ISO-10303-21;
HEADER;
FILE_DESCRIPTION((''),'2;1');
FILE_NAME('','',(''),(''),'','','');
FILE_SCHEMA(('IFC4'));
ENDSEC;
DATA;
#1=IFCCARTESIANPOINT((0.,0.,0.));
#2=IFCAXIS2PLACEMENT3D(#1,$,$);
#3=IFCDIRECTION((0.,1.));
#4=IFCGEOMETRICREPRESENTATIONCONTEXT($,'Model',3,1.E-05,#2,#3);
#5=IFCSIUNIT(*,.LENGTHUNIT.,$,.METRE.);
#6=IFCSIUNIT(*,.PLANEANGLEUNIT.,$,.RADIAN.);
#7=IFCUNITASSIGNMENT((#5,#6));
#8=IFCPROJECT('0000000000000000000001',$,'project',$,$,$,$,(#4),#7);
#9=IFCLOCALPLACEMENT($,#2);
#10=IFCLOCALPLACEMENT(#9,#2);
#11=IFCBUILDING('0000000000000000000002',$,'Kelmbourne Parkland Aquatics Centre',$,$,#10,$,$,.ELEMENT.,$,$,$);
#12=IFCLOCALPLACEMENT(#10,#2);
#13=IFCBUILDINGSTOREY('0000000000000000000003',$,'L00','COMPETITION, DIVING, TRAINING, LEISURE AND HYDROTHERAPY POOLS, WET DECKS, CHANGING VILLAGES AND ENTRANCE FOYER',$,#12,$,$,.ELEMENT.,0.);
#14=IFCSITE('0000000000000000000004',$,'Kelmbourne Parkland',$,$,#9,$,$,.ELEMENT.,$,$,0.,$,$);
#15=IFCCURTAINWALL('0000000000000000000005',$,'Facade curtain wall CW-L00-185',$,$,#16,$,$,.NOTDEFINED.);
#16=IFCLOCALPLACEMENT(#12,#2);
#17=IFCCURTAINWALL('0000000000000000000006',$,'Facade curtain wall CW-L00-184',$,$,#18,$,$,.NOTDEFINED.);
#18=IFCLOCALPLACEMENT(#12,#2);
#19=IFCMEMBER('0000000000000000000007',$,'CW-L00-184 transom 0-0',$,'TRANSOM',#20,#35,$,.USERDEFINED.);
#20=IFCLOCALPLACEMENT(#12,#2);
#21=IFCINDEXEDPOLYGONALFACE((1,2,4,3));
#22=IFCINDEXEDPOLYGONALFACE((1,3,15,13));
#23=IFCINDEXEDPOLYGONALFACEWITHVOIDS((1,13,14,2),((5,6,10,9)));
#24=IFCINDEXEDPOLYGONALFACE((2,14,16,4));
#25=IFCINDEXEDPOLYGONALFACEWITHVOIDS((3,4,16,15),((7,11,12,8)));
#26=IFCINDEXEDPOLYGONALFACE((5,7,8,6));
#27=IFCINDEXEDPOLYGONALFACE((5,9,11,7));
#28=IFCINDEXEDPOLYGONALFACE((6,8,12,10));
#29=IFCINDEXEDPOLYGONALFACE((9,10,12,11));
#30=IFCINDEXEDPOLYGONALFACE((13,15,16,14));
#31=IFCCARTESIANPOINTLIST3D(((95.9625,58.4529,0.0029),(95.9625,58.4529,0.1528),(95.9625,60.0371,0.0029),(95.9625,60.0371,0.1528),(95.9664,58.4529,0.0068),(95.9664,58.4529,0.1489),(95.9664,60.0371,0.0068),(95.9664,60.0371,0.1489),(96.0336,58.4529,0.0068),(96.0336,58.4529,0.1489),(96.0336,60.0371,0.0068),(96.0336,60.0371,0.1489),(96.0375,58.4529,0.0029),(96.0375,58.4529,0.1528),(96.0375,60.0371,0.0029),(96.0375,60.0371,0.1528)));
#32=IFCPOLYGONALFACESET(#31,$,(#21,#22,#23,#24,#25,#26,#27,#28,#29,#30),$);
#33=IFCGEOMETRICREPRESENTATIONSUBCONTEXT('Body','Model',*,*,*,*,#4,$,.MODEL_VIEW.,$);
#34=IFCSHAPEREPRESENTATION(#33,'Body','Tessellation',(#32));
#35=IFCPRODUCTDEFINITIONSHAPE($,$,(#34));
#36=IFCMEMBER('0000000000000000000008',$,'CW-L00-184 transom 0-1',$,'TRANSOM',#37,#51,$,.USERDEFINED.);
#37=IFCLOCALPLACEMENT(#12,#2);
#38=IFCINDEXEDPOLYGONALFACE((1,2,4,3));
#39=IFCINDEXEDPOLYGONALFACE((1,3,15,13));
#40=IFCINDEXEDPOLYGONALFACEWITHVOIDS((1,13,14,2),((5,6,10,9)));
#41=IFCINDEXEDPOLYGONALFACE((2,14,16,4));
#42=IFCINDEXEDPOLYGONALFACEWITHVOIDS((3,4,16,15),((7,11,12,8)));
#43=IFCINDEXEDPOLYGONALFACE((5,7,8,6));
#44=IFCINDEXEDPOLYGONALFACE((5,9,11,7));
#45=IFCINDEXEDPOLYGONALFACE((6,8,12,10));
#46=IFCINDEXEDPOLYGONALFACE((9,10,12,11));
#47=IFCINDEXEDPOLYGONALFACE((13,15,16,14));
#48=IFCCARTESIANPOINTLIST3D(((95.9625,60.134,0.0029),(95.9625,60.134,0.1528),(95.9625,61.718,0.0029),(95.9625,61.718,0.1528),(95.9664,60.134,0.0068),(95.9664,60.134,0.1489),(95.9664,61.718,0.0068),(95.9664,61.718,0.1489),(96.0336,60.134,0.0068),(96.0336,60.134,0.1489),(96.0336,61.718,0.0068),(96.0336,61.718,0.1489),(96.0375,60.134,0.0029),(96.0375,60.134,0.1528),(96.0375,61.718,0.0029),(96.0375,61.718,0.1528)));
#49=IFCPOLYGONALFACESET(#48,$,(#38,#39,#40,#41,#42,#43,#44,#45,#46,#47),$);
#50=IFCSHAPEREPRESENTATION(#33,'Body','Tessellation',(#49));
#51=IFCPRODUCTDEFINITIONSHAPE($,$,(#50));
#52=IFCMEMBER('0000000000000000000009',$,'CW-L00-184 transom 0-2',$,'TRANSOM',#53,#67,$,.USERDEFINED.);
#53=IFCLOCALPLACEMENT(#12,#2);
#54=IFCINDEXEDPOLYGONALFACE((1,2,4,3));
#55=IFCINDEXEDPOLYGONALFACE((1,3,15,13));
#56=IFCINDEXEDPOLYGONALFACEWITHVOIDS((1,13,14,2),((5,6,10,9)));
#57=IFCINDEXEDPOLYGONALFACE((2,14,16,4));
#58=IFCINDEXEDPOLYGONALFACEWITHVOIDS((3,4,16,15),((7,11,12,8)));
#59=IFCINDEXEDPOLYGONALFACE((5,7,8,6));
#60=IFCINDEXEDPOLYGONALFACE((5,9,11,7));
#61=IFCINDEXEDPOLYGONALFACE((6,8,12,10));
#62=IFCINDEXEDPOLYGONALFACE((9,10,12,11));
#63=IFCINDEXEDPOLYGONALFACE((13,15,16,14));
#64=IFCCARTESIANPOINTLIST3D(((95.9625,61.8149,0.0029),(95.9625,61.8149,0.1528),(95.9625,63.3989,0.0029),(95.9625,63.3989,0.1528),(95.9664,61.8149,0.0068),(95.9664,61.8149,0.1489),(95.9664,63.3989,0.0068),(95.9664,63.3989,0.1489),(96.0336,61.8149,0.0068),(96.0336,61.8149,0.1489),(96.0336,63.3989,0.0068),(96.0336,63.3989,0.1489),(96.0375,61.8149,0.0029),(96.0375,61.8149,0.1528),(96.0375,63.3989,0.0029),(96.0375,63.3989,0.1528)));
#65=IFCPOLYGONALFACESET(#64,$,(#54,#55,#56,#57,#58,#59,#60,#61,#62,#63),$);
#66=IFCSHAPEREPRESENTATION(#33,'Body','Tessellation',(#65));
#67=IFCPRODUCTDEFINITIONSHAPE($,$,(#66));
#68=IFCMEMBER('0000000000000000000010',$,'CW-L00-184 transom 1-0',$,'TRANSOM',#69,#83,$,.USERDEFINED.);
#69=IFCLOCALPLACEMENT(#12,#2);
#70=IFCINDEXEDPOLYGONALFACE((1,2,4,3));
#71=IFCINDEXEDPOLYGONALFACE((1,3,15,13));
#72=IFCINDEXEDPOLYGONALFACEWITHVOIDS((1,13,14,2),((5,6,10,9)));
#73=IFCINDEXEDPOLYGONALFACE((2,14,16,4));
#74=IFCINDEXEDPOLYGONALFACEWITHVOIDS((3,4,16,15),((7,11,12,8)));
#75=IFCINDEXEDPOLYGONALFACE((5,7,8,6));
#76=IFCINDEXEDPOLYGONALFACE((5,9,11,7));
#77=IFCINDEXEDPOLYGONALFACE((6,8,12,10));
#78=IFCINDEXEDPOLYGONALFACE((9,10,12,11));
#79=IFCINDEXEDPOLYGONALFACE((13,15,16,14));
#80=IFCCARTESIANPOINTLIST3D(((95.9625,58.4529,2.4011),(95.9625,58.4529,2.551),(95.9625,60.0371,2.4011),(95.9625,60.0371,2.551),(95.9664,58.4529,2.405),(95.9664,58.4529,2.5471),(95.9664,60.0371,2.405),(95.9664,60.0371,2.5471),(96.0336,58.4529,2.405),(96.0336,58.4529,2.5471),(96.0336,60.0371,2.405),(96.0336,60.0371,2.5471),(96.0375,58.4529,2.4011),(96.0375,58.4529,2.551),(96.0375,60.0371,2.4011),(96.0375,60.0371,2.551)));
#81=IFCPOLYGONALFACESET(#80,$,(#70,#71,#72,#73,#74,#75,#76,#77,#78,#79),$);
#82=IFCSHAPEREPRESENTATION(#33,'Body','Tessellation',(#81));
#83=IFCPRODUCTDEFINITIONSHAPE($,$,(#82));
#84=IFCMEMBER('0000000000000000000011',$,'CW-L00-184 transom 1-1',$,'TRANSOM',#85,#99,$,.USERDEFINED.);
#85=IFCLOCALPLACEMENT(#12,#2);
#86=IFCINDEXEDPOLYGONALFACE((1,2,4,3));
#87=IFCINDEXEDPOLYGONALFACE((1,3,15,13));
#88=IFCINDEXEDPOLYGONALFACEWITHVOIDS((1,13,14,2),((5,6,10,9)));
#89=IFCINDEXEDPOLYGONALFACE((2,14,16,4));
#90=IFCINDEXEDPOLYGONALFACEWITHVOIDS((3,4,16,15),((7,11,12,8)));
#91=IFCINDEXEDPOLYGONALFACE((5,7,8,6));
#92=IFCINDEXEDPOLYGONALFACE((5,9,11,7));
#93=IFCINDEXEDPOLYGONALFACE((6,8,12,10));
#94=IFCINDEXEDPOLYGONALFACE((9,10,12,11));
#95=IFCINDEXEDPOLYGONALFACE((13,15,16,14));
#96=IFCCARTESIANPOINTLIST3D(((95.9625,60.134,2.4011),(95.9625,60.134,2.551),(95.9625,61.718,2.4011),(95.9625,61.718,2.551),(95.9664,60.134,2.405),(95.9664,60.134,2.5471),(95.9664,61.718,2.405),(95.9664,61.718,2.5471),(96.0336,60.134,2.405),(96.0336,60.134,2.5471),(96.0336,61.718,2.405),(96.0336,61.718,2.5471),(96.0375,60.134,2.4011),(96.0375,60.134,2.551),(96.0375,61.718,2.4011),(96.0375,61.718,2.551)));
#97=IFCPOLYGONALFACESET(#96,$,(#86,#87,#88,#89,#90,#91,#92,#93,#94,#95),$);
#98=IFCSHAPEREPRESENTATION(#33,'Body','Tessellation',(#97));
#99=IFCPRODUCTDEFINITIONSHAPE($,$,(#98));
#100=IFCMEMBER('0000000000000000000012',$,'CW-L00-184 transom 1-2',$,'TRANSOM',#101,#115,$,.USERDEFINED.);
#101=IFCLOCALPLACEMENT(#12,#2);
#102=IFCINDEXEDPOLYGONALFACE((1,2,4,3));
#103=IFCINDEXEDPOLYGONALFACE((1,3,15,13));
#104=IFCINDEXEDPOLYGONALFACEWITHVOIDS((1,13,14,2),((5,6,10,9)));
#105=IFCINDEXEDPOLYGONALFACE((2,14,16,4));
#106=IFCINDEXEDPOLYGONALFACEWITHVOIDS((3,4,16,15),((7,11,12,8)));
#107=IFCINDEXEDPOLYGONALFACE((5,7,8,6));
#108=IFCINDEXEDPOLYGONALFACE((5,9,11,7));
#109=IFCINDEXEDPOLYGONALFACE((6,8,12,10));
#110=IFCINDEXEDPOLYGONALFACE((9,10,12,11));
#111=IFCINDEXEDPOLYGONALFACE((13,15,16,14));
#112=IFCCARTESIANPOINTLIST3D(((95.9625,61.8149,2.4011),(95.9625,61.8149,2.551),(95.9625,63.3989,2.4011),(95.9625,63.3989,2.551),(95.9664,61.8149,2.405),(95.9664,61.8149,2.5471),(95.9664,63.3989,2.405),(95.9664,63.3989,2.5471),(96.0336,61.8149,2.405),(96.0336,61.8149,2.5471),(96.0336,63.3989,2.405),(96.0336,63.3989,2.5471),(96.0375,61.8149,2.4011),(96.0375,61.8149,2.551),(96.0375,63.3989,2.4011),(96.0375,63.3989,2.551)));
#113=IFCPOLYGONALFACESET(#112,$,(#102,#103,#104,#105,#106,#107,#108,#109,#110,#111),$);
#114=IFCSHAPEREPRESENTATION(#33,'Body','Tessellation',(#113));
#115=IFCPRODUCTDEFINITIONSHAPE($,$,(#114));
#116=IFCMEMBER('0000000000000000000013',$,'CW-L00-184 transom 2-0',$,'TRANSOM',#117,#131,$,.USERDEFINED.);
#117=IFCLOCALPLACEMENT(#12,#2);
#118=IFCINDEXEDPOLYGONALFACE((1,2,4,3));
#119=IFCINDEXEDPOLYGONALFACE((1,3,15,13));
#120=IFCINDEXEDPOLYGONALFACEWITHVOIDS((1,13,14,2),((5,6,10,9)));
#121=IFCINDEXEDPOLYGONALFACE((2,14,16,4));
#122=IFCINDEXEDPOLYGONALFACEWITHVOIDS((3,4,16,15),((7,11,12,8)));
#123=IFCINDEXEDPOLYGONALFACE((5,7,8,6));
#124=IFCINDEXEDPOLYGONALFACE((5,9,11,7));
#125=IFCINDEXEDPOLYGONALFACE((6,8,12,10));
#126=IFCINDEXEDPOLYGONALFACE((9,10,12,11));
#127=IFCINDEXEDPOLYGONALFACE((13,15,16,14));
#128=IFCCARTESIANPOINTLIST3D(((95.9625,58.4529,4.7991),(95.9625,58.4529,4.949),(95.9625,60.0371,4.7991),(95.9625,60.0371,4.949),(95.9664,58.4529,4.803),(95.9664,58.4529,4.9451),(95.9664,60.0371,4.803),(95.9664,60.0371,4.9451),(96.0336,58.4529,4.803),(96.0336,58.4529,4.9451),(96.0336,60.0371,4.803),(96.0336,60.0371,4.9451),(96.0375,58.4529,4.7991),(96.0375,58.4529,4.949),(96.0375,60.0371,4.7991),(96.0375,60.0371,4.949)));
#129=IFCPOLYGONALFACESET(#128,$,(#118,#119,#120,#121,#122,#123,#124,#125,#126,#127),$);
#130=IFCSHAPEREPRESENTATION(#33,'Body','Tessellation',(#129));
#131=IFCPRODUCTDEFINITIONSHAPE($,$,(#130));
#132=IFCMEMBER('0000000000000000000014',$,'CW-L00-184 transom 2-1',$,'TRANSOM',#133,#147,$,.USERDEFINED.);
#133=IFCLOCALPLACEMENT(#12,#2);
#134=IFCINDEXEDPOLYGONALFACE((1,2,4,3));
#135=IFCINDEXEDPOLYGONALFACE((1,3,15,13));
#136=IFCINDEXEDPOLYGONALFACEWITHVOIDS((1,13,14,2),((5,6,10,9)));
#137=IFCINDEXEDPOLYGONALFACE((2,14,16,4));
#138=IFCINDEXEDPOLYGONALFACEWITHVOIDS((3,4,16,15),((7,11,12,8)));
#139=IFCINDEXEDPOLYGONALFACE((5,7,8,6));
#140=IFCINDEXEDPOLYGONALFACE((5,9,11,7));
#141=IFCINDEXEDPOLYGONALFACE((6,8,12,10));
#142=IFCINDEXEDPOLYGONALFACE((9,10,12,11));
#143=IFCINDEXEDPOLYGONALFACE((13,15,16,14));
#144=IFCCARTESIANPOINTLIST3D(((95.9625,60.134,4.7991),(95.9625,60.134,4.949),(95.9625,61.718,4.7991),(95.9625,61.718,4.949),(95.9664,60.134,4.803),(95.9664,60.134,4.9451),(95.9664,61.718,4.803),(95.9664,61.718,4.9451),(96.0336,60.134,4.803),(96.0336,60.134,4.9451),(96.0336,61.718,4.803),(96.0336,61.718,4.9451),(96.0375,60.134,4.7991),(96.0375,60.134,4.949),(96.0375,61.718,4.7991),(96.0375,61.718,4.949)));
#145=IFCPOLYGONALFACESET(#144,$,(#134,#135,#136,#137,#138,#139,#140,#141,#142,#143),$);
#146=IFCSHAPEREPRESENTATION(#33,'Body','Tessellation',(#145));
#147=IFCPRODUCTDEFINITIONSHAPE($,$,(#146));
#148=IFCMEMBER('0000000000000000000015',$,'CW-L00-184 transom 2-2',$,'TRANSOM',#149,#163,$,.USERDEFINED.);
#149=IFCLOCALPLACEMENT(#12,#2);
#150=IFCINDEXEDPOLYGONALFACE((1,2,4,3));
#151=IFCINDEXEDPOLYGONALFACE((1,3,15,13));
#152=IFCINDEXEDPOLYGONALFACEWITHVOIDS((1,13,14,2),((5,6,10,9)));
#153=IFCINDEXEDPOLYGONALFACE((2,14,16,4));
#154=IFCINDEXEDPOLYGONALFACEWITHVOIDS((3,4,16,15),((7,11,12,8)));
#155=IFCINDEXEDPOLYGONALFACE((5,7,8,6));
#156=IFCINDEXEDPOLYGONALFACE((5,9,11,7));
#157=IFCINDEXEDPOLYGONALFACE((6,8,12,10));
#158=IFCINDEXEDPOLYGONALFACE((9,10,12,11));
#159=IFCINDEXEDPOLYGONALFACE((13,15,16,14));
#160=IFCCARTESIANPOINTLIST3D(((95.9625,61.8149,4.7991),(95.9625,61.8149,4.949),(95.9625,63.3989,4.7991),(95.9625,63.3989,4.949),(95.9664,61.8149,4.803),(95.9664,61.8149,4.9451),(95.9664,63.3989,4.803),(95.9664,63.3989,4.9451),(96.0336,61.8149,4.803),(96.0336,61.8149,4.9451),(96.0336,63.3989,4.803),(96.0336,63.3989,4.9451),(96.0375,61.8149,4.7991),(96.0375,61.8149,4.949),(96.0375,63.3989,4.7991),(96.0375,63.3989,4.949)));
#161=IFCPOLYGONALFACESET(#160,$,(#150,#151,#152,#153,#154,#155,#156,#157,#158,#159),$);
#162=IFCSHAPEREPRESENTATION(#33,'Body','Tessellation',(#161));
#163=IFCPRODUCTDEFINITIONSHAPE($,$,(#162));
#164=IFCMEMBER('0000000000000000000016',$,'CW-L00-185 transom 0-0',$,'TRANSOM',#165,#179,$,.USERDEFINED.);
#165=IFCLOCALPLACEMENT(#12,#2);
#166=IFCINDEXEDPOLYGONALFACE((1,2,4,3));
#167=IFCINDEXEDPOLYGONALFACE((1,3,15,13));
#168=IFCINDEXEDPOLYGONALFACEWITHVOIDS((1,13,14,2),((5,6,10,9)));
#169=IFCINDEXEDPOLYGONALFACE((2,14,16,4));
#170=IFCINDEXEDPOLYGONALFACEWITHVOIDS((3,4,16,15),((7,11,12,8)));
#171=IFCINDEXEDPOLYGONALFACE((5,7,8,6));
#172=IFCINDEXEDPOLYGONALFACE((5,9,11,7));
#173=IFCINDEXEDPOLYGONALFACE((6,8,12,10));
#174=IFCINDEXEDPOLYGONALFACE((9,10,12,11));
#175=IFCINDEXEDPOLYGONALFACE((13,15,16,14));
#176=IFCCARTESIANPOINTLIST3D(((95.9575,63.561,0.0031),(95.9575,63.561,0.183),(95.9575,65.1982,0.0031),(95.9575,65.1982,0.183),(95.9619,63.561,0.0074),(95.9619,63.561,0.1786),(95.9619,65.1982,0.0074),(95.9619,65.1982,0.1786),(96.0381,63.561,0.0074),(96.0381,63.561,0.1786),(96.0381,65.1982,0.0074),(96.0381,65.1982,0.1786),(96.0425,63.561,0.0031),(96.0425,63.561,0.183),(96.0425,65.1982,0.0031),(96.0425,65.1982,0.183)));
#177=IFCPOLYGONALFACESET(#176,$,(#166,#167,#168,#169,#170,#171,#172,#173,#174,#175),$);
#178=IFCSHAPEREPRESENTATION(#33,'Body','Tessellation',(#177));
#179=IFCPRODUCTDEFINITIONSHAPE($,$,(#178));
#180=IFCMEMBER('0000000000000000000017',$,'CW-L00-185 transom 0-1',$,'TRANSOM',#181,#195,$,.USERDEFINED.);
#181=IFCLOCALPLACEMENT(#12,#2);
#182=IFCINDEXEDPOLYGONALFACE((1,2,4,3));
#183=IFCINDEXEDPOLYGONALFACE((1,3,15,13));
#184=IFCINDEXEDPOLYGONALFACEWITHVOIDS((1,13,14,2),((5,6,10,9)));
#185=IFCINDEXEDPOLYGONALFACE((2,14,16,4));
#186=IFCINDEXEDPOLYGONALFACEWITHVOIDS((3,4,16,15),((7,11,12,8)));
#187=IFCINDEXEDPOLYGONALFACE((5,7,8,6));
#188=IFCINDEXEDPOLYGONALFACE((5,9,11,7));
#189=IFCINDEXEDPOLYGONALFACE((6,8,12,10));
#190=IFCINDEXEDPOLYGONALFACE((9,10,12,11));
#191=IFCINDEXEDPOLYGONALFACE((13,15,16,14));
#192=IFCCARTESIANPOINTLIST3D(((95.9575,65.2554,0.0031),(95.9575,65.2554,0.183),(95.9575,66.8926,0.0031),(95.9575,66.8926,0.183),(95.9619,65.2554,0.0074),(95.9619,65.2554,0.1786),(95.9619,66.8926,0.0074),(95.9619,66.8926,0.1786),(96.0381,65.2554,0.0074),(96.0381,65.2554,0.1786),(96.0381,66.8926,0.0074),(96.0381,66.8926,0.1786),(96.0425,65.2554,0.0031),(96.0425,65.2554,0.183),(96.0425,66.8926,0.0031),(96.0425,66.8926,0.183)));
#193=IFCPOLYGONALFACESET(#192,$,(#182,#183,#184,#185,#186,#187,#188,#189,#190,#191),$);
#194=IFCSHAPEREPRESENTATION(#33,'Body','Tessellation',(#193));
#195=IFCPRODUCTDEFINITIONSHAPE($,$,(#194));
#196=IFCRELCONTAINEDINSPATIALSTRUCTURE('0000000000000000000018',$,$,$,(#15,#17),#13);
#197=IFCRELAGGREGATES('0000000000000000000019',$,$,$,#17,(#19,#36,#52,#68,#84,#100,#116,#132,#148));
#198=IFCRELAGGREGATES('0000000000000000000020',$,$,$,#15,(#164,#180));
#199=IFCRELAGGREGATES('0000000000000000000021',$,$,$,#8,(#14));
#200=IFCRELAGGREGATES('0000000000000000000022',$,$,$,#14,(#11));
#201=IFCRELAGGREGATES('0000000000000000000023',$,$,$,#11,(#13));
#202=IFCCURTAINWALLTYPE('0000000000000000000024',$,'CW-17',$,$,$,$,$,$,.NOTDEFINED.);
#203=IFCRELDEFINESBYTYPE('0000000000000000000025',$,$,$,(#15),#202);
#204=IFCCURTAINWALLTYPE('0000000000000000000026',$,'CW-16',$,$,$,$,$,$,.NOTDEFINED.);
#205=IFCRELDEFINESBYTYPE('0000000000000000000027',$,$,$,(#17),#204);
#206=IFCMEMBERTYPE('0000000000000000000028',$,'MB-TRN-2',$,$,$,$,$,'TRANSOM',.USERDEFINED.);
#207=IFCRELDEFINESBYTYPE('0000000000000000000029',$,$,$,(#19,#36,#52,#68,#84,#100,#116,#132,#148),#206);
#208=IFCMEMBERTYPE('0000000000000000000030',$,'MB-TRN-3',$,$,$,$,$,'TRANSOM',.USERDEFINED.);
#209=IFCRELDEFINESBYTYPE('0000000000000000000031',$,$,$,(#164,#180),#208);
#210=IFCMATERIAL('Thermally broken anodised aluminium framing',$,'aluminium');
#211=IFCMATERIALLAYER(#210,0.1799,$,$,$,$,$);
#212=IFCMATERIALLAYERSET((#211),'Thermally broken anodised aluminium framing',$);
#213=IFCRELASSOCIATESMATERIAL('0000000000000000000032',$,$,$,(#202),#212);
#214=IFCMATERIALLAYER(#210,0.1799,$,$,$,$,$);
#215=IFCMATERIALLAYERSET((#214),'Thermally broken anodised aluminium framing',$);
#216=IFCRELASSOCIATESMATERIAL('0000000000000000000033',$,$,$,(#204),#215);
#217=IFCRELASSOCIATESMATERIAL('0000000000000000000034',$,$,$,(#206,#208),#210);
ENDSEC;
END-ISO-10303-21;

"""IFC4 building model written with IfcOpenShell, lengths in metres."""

from ifc_helpers import new_model, si_unit, direction, frame, origin, origin_2d, place, context, subcontext, project, spatial, hollow_rectangle, extrude, material, layer, layer_set, material_profile, profile_set, type_object, element, aggregate, save


model = new_model("IFC4")

# Units and contexts
model_context = context("Model", 3, precision=1e-05, world=origin(), true_north=direction((0.0, 1.0)))
body_context = subcontext(model_context, "Body", "Model", "MODEL_VIEW")
ifc_project = project(units=[si_unit("LENGTHUNIT", "METRE"), si_unit("PLANEANGLEUNIT", "RADIAN")], contexts=[model_context])

# Site, building, storey
site_placement = place(None, origin())
site = spatial("IfcSite", under=ifc_project, at=site_placement, Name="Kelmbourne Parkland", CompositionType="ELEMENT", RefElevation=0.0)
building_placement = place(site_placement, origin())
building = spatial("IfcBuilding", under=site, at=building_placement, Name="Kelmbourne Parkland Aquatics Centre", CompositionType="ELEMENT")
storey_placement = place(building_placement, origin())
storey = spatial("IfcBuildingStorey", under=building, at=storey_placement, Name="L00", Description="COMPETITION, DIVING, TRAINING, LEISURE AND HYDROTHERAPY POOLS, WET DECKS, CHANGING VILLAGES AND ENTRANCE FOYER", CompositionType="ELEMENT", Elevation=0.0)

# Curtain walls, members
ifc_material_1 = material(Name="Thermally broken anodised aluminium framing", Category="aluminium")
ifc_layer_1 = layer(ifc_material_1, 0.1799)
ifc_layer_set_1 = layer_set([ifc_layer_1], Name="Thermally broken anodised aluminium framing")
curtain_wall_type_1 = type_object("IfcCurtainWallType", Name="CW-17", PredefinedType="NOTDEFINED", material=ifc_layer_set_1)
curtain_wall_1_placement = place(storey_placement, origin())
curtain_wall_1 = element("IfcCurtainWall", 1, at=curtain_wall_1_placement, inside=storey, type_object=curtain_wall_type_1, Name="Facade curtain wall CW-L00-185", PredefinedType="NOTDEFINED")
ifc_layer_2 = layer(ifc_material_1, 0.1799)
ifc_layer_set_2 = layer_set([ifc_layer_2], Name="Thermally broken anodised aluminium framing")
curtain_wall_type_2 = type_object("IfcCurtainWallType", Name="CW-16", PredefinedType="NOTDEFINED", material=ifc_layer_set_2)
curtain_wall_2_placement = place(storey_placement, origin())
curtain_wall_2 = element("IfcCurtainWall", 2, at=curtain_wall_2_placement, inside=storey, type_object=curtain_wall_type_2, Name="Facade curtain wall CW-L00-184", PredefinedType="NOTDEFINED")
ifc_material_profile_1 = material_profile(ifc_material_1, hollow_rectangle(XDim=0.075, YDim=0.1499, WallThickness=0.0039, at=origin_2d()), Name="CW-T 75x150")
ifc_profile_set_1 = profile_set([ifc_material_profile_1], Name="Thermally broken anodised aluminium framing")
member_type_1 = type_object("IfcMemberType", Name="MB-TRN-2", ElementType="TRANSOM", PredefinedType="USERDEFINED", material=ifc_profile_set_1)
member_1_placement = place(storey_placement, frame((96.0, 58.4529, 0.0779), z_axis=(0.0, 1.0, 0.0), x_axis=(-1.0, 0.0, 0.0)))
member_1 = element("IfcMember", 3, at=member_1_placement, type_object=member_type_1, Name="CW-L00-184 transom 0-0", ObjectType="TRANSOM", PredefinedType="USERDEFINED", context=body_context, shape_type="SweptSolid", body=[
    extrude(hollow_rectangle(XDim=0.075, YDim=0.1499, WallThickness=0.0039, at=origin_2d()), origin(), (0.0, 0.0, 1.0), 1.5842),
])
member_2_placement = place(storey_placement, frame((96.0, 60.134, 0.0779), z_axis=(0.0, 1.0, 0.0), x_axis=(-1.0, 0.0, 0.0)))
member_2 = element("IfcMember", 4, at=member_2_placement, type_object=member_type_1, Name="CW-L00-184 transom 0-1", ObjectType="TRANSOM", PredefinedType="USERDEFINED", context=body_context, shape_type="SweptSolid", body=[
    extrude(hollow_rectangle(XDim=0.075, YDim=0.1499, WallThickness=0.0039, at=origin_2d()), origin(), (0.0, 0.0, 1.0), 1.584),
])
member_3_placement = place(storey_placement, frame((96.0, 61.8149, 0.0779), z_axis=(0.0, 1.0, 0.0), x_axis=(-1.0, 0.0, 0.0)))
member_3 = element("IfcMember", 5, at=member_3_placement, type_object=member_type_1, Name="CW-L00-184 transom 0-2", ObjectType="TRANSOM", PredefinedType="USERDEFINED", context=body_context, shape_type="SweptSolid", body=[
    extrude(hollow_rectangle(XDim=0.075, YDim=0.1499, WallThickness=0.0039, at=origin_2d()), origin(), (0.0, 0.0, 1.0), 1.584),
])
member_4_placement = place(storey_placement, frame((96.0, 58.4529, 2.4761), z_axis=(0.0, 1.0, 0.0), x_axis=(-1.0, 0.0, 0.0)))
member_4 = element("IfcMember", 6, at=member_4_placement, type_object=member_type_1, Name="CW-L00-184 transom 1-0", ObjectType="TRANSOM", PredefinedType="USERDEFINED", context=body_context, shape_type="SweptSolid", body=[
    extrude(hollow_rectangle(XDim=0.075, YDim=0.1499, WallThickness=0.0039, at=origin_2d()), origin(), (0.0, 0.0, 1.0), 1.5842),
])
member_5_placement = place(storey_placement, frame((96.0, 60.134, 2.4761), z_axis=(0.0, 1.0, 0.0), x_axis=(-1.0, 0.0, 0.0)))
member_5 = element("IfcMember", 7, at=member_5_placement, type_object=member_type_1, Name="CW-L00-184 transom 1-1", ObjectType="TRANSOM", PredefinedType="USERDEFINED", context=body_context, shape_type="SweptSolid", body=[
    extrude(hollow_rectangle(XDim=0.075, YDim=0.1499, WallThickness=0.0039, at=origin_2d()), origin(), (0.0, 0.0, 1.0), 1.584),
])
member_6_placement = place(storey_placement, frame((96.0, 61.8149, 2.4761), z_axis=(0.0, 1.0, 0.0), x_axis=(-1.0, 0.0, 0.0)))
member_6 = element("IfcMember", 8, at=member_6_placement, type_object=member_type_1, Name="CW-L00-184 transom 1-2", ObjectType="TRANSOM", PredefinedType="USERDEFINED", context=body_context, shape_type="SweptSolid", body=[
    extrude(hollow_rectangle(XDim=0.075, YDim=0.1499, WallThickness=0.0039, at=origin_2d()), origin(), (0.0, 0.0, 1.0), 1.584),
])
member_7_placement = place(storey_placement, frame((96.0, 58.4529, 4.874), z_axis=(0.0, 1.0, 0.0), x_axis=(-1.0, 0.0, 0.0)))
member_7 = element("IfcMember", 9, at=member_7_placement, type_object=member_type_1, Name="CW-L00-184 transom 2-0", ObjectType="TRANSOM", PredefinedType="USERDEFINED", context=body_context, shape_type="SweptSolid", body=[
    extrude(hollow_rectangle(XDim=0.075, YDim=0.1499, WallThickness=0.0039, at=origin_2d()), origin(), (0.0, 0.0, 1.0), 1.5842),
])
member_8_placement = place(storey_placement, frame((96.0, 60.134, 4.874), z_axis=(0.0, 1.0, 0.0), x_axis=(-1.0, 0.0, 0.0)))
member_8 = element("IfcMember", 10, at=member_8_placement, type_object=member_type_1, Name="CW-L00-184 transom 2-1", ObjectType="TRANSOM", PredefinedType="USERDEFINED", context=body_context, shape_type="SweptSolid", body=[
    extrude(hollow_rectangle(XDim=0.075, YDim=0.1499, WallThickness=0.0039, at=origin_2d()), origin(), (0.0, 0.0, 1.0), 1.584),
])
member_9_placement = place(storey_placement, frame((96.0, 61.8149, 4.874), z_axis=(0.0, 1.0, 0.0), x_axis=(-1.0, 0.0, 0.0)))
member_9 = element("IfcMember", 11, at=member_9_placement, type_object=member_type_1, Name="CW-L00-184 transom 2-2", ObjectType="TRANSOM", PredefinedType="USERDEFINED", context=body_context, shape_type="SweptSolid", body=[
    extrude(hollow_rectangle(XDim=0.075, YDim=0.1499, WallThickness=0.0039, at=origin_2d()), origin(), (0.0, 0.0, 1.0), 1.584),
])

# Members
ifc_material_profile_2 = material_profile(ifc_material_1, hollow_rectangle(XDim=0.085, YDim=0.1799, WallThickness=0.0044, at=origin_2d()), Name="CW-T 85x180")
ifc_profile_set_2 = profile_set([ifc_material_profile_2], Name="Thermally broken anodised aluminium framing")
member_type_2 = type_object("IfcMemberType", Name="MB-TRN-3", ElementType="TRANSOM", PredefinedType="USERDEFINED", material=ifc_profile_set_2)
member_10_placement = place(storey_placement, frame((96.0, 63.561, 0.093), z_axis=(0.0, 1.0, 0.0), x_axis=(-1.0, 0.0, 0.0)))
member_10 = element("IfcMember", 12, at=member_10_placement, type_object=member_type_2, Name="CW-L00-185 transom 0-0", ObjectType="TRANSOM", PredefinedType="USERDEFINED", context=body_context, shape_type="SweptSolid", body=[
    extrude(hollow_rectangle(XDim=0.085, YDim=0.1799, WallThickness=0.0044, at=origin_2d()), origin(), (0.0, 0.0, 1.0), 1.6372),
])
member_11_placement = place(storey_placement, frame((96.0, 65.2554, 0.093), z_axis=(0.0, 1.0, 0.0), x_axis=(-1.0, 0.0, 0.0)))
member_11 = element("IfcMember", 13, at=member_11_placement, type_object=member_type_2, Name="CW-L00-185 transom 0-1", ObjectType="TRANSOM", PredefinedType="USERDEFINED", context=body_context, shape_type="SweptSolid", body=[
    extrude(hollow_rectangle(XDim=0.085, YDim=0.1799, WallThickness=0.0044, at=origin_2d()), origin(), (0.0, 0.0, 1.0), 1.6372),
])

aggregate(curtain_wall_2, [member_1, member_2, member_3, member_4, member_5, member_6, member_7, member_8, member_9])
aggregate(curtain_wall_1, [member_10, member_11])

save(model, "model.ifc")
